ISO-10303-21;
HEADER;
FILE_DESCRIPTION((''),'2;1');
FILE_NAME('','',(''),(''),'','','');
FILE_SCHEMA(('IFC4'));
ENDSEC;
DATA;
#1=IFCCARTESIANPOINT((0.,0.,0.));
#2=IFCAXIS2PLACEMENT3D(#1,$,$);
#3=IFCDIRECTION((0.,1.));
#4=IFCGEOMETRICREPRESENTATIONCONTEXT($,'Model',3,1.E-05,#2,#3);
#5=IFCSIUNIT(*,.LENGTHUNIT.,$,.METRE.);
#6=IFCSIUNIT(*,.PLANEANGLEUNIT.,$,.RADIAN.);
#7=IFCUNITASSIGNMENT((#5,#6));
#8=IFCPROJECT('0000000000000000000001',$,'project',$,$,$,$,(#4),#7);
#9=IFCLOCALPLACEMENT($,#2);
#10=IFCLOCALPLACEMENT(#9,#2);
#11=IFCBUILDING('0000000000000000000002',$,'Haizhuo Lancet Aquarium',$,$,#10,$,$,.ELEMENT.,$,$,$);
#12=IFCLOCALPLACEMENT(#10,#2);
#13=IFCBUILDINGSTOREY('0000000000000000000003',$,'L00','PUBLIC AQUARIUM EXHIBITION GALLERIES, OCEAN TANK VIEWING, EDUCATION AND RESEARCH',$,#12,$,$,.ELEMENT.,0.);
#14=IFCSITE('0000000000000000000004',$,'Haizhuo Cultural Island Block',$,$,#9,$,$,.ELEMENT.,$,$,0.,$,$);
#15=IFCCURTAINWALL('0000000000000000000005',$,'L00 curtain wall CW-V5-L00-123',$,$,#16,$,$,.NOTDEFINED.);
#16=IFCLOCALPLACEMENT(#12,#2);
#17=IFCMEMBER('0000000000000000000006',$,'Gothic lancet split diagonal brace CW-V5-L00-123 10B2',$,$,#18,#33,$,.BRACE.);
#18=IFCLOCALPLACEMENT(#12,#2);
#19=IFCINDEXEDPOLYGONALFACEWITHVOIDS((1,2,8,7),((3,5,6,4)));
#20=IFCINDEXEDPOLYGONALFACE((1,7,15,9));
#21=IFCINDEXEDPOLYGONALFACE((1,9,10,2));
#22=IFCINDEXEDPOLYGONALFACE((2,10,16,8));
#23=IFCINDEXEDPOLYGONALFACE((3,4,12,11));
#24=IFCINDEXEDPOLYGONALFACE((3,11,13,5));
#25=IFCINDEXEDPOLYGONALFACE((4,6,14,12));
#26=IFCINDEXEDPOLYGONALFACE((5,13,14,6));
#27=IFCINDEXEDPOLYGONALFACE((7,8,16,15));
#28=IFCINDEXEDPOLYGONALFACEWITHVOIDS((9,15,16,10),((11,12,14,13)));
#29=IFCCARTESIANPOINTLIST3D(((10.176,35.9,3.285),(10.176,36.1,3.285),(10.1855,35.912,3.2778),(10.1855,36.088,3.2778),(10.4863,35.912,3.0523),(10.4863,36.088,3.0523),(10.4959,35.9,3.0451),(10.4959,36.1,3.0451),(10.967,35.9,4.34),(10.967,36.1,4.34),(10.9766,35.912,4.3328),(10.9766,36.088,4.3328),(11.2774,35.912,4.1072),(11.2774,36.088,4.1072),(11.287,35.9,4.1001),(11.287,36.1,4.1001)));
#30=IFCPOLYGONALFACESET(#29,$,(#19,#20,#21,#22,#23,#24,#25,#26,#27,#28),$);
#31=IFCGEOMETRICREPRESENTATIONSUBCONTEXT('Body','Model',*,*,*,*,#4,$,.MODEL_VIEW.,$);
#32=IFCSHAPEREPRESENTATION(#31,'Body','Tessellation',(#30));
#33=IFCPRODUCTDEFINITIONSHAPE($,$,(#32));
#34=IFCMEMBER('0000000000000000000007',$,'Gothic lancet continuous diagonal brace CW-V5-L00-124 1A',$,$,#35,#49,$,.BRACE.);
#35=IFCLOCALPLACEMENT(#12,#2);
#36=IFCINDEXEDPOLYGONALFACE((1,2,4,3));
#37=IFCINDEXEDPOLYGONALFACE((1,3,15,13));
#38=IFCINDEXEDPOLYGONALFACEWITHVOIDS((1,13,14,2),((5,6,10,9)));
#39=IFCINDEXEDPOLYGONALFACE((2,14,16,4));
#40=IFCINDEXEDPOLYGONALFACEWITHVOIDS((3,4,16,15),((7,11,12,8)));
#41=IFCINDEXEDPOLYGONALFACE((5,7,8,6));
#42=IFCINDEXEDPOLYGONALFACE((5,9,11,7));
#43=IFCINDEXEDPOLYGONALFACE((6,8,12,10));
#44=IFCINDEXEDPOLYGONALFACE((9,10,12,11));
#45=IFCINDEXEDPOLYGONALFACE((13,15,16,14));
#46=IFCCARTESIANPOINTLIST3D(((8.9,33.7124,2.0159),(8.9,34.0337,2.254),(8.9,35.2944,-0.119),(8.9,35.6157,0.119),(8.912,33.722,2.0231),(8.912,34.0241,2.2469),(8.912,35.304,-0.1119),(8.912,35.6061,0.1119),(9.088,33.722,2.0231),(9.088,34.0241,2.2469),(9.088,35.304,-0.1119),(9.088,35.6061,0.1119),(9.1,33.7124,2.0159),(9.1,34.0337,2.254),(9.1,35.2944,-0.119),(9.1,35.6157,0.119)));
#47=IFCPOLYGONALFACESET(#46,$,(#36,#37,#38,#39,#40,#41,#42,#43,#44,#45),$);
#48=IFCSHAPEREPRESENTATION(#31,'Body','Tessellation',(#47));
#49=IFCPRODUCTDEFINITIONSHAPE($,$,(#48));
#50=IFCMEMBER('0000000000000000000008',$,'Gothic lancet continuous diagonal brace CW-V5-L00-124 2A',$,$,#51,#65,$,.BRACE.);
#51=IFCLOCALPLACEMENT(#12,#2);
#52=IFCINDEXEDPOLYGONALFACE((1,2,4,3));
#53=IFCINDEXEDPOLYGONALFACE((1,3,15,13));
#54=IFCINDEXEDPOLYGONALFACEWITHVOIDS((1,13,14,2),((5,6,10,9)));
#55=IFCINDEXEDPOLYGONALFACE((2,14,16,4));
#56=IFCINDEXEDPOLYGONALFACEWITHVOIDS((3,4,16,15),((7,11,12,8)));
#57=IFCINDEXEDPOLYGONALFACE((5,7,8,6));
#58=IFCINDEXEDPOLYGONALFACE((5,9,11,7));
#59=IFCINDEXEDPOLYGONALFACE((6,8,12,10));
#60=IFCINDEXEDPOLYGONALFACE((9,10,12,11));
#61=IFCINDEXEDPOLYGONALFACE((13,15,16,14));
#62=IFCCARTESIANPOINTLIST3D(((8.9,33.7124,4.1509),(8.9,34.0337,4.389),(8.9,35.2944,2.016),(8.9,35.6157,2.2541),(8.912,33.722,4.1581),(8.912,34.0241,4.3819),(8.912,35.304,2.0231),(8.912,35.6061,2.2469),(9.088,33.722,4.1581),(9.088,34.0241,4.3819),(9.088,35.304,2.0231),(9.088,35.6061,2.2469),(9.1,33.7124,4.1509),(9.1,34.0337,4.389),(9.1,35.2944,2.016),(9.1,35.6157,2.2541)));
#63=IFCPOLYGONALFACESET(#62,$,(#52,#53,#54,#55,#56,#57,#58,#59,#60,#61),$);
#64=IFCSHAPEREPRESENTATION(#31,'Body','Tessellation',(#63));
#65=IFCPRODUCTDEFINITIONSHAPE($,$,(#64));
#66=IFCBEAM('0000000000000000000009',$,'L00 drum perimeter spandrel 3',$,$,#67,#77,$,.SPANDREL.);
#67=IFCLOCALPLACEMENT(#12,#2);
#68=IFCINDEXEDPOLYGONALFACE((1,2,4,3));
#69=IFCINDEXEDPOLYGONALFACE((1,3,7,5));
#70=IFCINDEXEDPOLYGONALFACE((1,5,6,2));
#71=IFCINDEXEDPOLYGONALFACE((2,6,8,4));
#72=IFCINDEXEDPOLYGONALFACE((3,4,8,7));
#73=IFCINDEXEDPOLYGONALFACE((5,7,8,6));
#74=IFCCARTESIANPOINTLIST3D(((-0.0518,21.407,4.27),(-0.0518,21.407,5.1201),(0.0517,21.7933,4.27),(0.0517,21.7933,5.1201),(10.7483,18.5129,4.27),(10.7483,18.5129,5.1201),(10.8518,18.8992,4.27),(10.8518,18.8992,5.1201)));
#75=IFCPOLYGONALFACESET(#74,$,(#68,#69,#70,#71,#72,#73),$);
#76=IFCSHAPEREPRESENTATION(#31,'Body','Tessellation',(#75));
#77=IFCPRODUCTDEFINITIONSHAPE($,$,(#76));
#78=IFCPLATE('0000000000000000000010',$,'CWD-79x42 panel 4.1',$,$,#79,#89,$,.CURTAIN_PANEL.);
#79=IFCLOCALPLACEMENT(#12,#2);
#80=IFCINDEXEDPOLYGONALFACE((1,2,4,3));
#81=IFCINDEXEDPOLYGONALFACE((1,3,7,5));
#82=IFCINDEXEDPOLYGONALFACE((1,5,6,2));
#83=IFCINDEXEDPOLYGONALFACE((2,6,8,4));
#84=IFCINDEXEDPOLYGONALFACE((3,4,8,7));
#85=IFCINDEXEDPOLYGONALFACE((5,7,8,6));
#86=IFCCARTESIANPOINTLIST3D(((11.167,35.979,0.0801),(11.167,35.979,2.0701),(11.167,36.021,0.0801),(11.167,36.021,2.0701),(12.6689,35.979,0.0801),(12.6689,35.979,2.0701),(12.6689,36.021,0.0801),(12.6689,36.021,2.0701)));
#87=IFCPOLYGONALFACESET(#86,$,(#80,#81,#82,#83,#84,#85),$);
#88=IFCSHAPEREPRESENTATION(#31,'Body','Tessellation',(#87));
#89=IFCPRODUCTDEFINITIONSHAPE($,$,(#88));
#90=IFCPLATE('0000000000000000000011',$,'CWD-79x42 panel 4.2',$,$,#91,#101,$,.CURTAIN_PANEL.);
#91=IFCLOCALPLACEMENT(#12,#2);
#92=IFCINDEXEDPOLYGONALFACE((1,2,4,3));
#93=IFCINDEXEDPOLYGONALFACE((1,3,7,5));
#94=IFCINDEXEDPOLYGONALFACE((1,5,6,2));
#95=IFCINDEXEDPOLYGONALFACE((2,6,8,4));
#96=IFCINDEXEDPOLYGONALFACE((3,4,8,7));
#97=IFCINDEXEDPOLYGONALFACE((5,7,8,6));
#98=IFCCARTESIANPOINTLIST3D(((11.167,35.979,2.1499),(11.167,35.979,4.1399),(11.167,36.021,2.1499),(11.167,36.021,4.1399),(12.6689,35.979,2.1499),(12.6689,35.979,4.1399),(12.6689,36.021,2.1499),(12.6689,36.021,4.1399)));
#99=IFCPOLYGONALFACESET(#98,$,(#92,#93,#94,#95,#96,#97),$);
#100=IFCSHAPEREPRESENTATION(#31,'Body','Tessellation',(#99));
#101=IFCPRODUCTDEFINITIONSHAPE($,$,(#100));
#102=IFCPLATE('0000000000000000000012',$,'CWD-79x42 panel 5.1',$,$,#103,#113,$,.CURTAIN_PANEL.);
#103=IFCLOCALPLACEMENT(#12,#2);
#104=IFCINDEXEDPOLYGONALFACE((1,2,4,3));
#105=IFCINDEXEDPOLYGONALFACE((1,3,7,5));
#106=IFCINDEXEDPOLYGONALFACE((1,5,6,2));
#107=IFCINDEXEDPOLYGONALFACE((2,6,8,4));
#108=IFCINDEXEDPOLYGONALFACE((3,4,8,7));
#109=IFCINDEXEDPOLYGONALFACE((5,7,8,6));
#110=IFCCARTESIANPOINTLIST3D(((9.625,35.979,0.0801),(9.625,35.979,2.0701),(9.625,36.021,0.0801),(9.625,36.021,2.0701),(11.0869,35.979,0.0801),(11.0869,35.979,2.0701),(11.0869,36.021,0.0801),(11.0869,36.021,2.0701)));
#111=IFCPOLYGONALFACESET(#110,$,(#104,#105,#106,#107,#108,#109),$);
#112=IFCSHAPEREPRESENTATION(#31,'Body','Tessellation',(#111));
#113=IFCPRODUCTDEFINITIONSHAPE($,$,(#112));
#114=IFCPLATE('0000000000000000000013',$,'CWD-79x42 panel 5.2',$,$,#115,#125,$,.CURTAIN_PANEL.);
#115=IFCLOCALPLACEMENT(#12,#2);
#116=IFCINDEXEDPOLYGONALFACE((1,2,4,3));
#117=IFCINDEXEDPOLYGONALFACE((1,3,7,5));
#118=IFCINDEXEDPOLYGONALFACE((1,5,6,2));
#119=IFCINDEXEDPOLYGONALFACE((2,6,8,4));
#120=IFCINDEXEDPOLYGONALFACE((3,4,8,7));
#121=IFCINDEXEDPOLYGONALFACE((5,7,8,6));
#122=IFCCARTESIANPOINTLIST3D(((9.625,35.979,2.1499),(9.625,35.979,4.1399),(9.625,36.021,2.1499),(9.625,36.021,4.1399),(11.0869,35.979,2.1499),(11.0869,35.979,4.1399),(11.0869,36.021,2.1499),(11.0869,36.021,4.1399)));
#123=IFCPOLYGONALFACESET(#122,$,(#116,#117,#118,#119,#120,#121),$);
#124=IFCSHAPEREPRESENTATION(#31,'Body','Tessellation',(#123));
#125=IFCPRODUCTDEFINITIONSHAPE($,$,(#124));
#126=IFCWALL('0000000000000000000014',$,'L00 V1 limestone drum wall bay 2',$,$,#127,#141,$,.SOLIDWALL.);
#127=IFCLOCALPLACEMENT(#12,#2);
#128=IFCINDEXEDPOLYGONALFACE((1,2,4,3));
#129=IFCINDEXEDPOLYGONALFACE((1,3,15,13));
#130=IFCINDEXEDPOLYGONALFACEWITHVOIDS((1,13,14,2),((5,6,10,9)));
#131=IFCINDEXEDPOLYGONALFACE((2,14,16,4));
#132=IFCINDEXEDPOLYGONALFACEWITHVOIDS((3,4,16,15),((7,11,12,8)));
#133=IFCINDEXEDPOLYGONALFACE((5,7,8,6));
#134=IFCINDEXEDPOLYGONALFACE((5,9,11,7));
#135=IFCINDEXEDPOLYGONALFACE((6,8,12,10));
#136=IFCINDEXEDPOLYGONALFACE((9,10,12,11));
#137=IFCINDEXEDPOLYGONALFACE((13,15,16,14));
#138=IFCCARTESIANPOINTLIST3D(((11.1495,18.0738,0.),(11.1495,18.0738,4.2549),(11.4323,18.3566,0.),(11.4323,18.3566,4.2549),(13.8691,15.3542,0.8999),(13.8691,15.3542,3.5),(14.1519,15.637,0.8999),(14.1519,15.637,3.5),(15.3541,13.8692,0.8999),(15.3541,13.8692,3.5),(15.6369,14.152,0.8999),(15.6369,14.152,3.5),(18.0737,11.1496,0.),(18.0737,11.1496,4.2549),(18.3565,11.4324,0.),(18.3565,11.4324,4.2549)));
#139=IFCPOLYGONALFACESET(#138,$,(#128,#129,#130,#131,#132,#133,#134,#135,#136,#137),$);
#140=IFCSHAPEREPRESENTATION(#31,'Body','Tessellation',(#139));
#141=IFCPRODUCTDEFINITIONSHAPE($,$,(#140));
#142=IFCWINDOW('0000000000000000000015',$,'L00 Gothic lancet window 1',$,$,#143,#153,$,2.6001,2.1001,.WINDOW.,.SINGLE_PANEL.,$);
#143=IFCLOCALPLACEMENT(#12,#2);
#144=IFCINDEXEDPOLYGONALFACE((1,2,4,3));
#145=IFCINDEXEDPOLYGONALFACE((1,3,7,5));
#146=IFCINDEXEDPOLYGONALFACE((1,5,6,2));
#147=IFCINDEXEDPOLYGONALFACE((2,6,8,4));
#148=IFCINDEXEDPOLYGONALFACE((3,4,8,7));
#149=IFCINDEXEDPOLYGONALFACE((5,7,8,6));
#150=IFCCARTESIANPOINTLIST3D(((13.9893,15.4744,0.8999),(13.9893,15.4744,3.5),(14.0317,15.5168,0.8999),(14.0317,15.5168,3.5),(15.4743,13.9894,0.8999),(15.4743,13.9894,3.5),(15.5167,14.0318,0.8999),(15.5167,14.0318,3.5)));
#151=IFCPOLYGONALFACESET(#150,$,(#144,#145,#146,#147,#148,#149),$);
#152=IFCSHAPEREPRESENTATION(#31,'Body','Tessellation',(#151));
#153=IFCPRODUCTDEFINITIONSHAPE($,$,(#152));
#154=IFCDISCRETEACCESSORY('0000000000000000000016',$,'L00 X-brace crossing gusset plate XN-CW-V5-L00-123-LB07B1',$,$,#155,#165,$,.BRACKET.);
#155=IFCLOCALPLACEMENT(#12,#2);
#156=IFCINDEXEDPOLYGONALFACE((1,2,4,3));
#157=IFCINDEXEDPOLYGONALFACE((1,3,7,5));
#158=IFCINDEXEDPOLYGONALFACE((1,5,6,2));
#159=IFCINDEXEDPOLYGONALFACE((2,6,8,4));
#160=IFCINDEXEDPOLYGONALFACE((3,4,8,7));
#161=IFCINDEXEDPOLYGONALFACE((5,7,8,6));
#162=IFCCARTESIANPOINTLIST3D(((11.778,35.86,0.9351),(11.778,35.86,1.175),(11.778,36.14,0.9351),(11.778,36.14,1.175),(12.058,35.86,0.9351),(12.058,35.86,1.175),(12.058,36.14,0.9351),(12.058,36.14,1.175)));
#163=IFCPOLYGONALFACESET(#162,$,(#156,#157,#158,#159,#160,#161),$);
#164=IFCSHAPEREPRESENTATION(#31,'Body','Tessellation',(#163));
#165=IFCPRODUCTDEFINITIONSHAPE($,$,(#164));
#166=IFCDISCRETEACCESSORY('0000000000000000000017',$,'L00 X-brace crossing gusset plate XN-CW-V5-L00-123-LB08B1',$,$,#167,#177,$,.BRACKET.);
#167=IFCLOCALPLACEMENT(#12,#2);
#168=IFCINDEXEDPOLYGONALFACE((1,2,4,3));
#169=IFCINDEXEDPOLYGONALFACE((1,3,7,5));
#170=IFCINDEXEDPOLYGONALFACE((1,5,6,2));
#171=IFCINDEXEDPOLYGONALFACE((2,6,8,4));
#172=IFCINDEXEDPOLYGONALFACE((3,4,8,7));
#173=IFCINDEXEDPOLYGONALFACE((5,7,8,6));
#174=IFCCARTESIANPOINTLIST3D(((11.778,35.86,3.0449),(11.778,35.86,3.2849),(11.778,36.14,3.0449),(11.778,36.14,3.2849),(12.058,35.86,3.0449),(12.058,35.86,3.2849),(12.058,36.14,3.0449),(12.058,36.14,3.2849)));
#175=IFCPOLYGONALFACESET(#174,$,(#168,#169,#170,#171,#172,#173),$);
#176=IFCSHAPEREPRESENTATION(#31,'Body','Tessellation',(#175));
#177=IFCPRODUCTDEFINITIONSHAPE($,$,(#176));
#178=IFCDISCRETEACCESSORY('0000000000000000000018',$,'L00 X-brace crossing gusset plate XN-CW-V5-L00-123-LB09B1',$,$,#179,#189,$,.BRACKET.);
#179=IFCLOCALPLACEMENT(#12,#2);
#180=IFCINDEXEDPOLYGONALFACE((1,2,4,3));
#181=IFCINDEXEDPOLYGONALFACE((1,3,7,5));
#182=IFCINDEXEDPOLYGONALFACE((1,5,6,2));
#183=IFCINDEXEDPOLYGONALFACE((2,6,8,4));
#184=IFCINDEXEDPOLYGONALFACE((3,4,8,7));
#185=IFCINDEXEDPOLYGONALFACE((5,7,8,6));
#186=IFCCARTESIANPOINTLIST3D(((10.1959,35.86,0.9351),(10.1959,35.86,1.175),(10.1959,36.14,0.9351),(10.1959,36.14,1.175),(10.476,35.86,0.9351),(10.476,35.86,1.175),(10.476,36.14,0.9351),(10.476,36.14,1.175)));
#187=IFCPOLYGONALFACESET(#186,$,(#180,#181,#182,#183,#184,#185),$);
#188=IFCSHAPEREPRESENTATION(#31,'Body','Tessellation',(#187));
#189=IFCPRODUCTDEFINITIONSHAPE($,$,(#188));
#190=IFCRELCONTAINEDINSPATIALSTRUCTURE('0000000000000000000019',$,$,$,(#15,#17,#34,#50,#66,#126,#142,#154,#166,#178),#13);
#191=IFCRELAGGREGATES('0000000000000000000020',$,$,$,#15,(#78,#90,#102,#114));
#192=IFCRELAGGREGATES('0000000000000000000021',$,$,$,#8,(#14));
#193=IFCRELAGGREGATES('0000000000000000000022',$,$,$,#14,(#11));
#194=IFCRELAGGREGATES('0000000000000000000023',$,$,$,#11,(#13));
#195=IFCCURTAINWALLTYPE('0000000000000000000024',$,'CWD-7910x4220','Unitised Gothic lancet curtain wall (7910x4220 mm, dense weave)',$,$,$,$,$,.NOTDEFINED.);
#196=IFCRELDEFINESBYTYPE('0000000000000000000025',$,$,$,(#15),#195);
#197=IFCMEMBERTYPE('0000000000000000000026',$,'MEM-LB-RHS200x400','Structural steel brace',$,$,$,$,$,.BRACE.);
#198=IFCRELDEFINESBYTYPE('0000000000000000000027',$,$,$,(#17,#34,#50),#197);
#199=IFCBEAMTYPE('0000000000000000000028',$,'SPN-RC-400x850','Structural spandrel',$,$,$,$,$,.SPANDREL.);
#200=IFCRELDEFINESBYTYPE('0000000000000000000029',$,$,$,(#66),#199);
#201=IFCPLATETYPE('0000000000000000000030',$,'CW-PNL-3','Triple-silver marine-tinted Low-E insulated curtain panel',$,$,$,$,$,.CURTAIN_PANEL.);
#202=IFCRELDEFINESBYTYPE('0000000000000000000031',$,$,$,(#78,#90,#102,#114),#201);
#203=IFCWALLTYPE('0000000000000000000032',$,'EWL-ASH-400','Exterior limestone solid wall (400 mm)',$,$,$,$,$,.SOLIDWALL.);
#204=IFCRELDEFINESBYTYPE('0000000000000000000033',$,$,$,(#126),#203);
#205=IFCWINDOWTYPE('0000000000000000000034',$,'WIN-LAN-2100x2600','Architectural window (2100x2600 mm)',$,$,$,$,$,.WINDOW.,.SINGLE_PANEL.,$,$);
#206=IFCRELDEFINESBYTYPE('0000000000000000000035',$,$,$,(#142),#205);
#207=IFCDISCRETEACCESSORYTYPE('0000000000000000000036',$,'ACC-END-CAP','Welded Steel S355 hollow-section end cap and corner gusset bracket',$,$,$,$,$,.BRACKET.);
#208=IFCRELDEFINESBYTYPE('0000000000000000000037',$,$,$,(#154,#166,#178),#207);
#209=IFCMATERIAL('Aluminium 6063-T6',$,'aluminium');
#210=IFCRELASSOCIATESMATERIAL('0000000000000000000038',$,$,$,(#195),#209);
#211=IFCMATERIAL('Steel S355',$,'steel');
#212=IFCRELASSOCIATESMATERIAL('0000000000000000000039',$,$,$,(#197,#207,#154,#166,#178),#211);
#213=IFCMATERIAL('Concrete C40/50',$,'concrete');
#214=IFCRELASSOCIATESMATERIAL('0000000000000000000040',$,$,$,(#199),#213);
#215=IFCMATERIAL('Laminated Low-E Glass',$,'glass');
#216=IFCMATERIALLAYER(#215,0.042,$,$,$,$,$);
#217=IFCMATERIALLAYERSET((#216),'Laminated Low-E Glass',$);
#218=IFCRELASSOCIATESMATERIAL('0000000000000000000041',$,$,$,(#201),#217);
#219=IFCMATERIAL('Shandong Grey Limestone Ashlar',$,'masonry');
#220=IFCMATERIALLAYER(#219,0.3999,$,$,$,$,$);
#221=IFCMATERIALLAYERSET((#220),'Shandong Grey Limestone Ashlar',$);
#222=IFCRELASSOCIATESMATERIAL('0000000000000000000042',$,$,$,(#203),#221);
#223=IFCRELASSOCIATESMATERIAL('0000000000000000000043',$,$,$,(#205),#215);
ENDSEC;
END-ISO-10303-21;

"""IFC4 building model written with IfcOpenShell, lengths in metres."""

from ifc_helpers import new_model, si_unit, direction, frame, frame_2d, origin, origin_2d, place, context, subcontext, project, spatial, rectangle, hollow_rectangle, extrude, material, layer, layer_set, material_profile, profile_set, type_object, element, fill, aggregate, save


model = new_model("IFC4")

# Units and contexts
model_context = context("Model", 3, precision=1e-05, world=origin(), true_north=direction((0.0, 1.0)))
body_context = subcontext(model_context, "Body", "Model", "MODEL_VIEW")
ifc_project = project(units=[si_unit("LENGTHUNIT", "METRE"), si_unit("PLANEANGLEUNIT", "RADIAN")], contexts=[model_context])

# Site, building, storey
site_placement = place(None, origin())
site = spatial("IfcSite", under=ifc_project, at=site_placement, Name="Haizhuo Cultural Island Block", CompositionType="ELEMENT", RefElevation=0.0)
building_placement = place(site_placement, origin())
building = spatial("IfcBuilding", under=site, at=building_placement, Name="Haizhuo Lancet Aquarium", CompositionType="ELEMENT")
storey_placement = place(building_placement, origin())
storey = spatial("IfcBuildingStorey", under=building, at=storey_placement, Name="L00", Description="PUBLIC AQUARIUM EXHIBITION GALLERIES, OCEAN TANK VIEWING, EDUCATION AND RESEARCH", CompositionType="ELEMENT", Elevation=0.0)

# Shared definitions
ifc_material_1 = material(Name="Concrete C40/50", Category="concrete")

# Shared definitions
ifc_material_2 = material(Name="Aluminium 6063-T6", Category="aluminium")

# Curtain wall
curtain_wall_type_1 = type_object("IfcCurtainWallType", Name="CWD-7910x4220", Description="Unitised Gothic lancet curtain wall (7910x4220 mm, dense weave)", PredefinedType="NOTDEFINED", material=ifc_material_2)
curtain_wall_1_placement = place(storey_placement, origin())
curtain_wall_1 = element("IfcCurtainWall", 1, at=curtain_wall_1_placement, inside=storey, type_object=curtain_wall_type_1, Name="L00 curtain wall CW-V5-L00-123", PredefinedType="NOTDEFINED")

# Members
ifc_material_3 = material(Name="Steel S355", Category="steel")
ifc_material_profile_1 = material_profile(ifc_material_3, hollow_rectangle(XDim=0.2, YDim=0.3999, WallThickness=0.012, at=origin_2d()), Name="RHS 200x400x12")
ifc_profile_set_1 = profile_set([ifc_material_profile_1], Name="Steel S355")
member_type_1 = type_object("IfcMemberType", Name="MEM-LB-RHS200x400", Description="Structural steel brace", PredefinedType="BRACE", material=ifc_profile_set_1)
for number, where, z_axis, x_axis, name in (
    (2, (10.3359, 36.0, 3.165), (0.599911, 0.0, 0.800067), (0.0, 1.0, 0.0), "Gothic lancet split diagonal brace CW-V5-L00-123 10B2"),
):
    element("IfcMember", number, at=place(storey_placement, frame(where, z_axis=z_axis, x_axis=x_axis)), inside=storey, type_object=member_type_1, Name=name, PredefinedType="BRACE", context=body_context, shape_type="SweptSolid", body=[
        extrude(hollow_rectangle(XDim=0.2, YDim=0.3999, WallThickness=0.012, at=origin_2d()), origin(), (0.0, 0.0, 1.0), 1.3186),
    ])
for number, where, z_axis, x_axis, name in (
    (3, (9.0, 35.4551, 0.0), (0.0, -0.595359, 0.80346), (1.0, 0.0, 0.0), "Gothic lancet continuous diagonal brace CW-V5-L00-124 1A"),
    (4, (9.0, 35.4551, 2.135), (0.0, -0.595359, 0.80346), (1.0, 0.0, 0.0), "Gothic lancet continuous diagonal brace CW-V5-L00-124 2A"),
):
    element("IfcMember", number, at=place(storey_placement, frame(where, z_axis=z_axis, x_axis=x_axis)), inside=storey, type_object=member_type_1, Name=name, PredefinedType="BRACE", context=body_context, shape_type="SweptSolid", body=[
        extrude(hollow_rectangle(XDim=0.2, YDim=0.3999, WallThickness=0.012, at=origin_2d()), origin(), (0.0, 0.0, 1.0), 2.6572),
    ])

# Beam
ifc_material_profile_2 = material_profile(ifc_material_1, rectangle(XDim=0.3999, YDim=0.8501, at=origin_2d()), Name="RC-SP 400x850")
ifc_profile_set_2 = profile_set([ifc_material_profile_2], Name="Concrete C40/50")
beam_type_1 = type_object("IfcBeamType", Name="SPN-RC-400x850", Description="Structural spandrel", PredefinedType="SPANDREL", material=ifc_profile_set_2)
beam_1_placement = place(storey_placement, frame((10.8, 18.7061, 4.6951), z_axis=(-0.965922, 0.258834, 0.0), x_axis=(-0.258834, -0.965922, 0.0)))
element("IfcBeam", 5, at=beam_1_placement, inside=storey, type_object=beam_type_1, Name="L00 drum perimeter spandrel 3", PredefinedType="SPANDREL", context=body_context, shape_type="SweptSolid", body=[
    extrude(rectangle(XDim=0.3999, YDim=0.8501, at=origin_2d()), origin(), (0.0, 0.0, 1.0), 11.1812),
])

# Plates
ifc_material_4 = material(Name="Laminated Low-E Glass", Category="glass")
ifc_layer_1 = layer(ifc_material_4, 0.042)
ifc_layer_set_1 = layer_set([ifc_layer_1], Name="Laminated Low-E Glass")
plate_type = type_object("IfcPlateType", Name="CW-PNL-3", Description="Triple-silver marine-tinted Low-E insulated curtain panel", PredefinedType="CURTAIN_PANEL", material=ifc_layer_set_1)
plate_1_placement = place(storey_placement, frame((11.918, 36.0, 0.0801), z_axis=(0.0, 0.0, 1.0), x_axis=(-1.0, 0.0, 0.0)))
plate_1 = element("IfcPlate", 6, at=plate_1_placement, type_object=plate_type, Name="CWD-79x42 panel 4.1", PredefinedType="CURTAIN_PANEL", context=body_context, shape_type="SweptSolid", body=[
    extrude(rectangle(XDim=1.502, YDim=0.042, at=origin_2d()), origin(), (0.0, 0.0, 1.0), 1.99),
])
plate_2_placement = place(storey_placement, frame((11.918, 36.0, 2.1499), z_axis=(0.0, 0.0, 1.0), x_axis=(-1.0, 0.0, 0.0)))
plate_2 = element("IfcPlate", 7, at=plate_2_placement, type_object=plate_type, Name="CWD-79x42 panel 4.2", PredefinedType="CURTAIN_PANEL", context=body_context, shape_type="SweptSolid", body=[
    extrude(rectangle(XDim=1.502, YDim=0.042, at=origin_2d()), origin(), (0.0, 0.0, 1.0), 1.99),
])
plate_3_placement = place(storey_placement, frame((10.356, 36.0, 0.0801), z_axis=(0.0, 0.0, 1.0), x_axis=(-1.0, 0.0, 0.0)))
plate_3 = element("IfcPlate", 8, at=plate_3_placement, type_object=plate_type, Name="CWD-79x42 panel 5.1", PredefinedType="CURTAIN_PANEL", context=body_context, shape_type="SweptSolid", body=[
    extrude(rectangle(XDim=1.4619, YDim=0.042, at=origin_2d()), origin(), (0.0, 0.0, 1.0), 1.99),
])
plate_4_placement = place(storey_placement, frame((10.356, 36.0, 2.1499), z_axis=(0.0, 0.0, 1.0), x_axis=(-1.0, 0.0, 0.0)))
plate_4 = element("IfcPlate", 9, at=plate_4_placement, type_object=plate_type, Name="CWD-79x42 panel 5.2", PredefinedType="CURTAIN_PANEL", context=body_context, shape_type="SweptSolid", body=[
    extrude(rectangle(XDim=1.4619, YDim=0.042, at=origin_2d()), origin(), (0.0, 0.0, 1.0), 1.99),
])
aggregate(curtain_wall_1, [plate_1, plate_2, plate_3, plate_4])

# Wall, opening, window
ifc_material_5 = material(Name="Shandong Grey Limestone Ashlar", Category="masonry")
ifc_layer_2 = layer(ifc_material_5, 0.3999)
ifc_layer_set_2 = layer_set([ifc_layer_2], Name="Shandong Grey Limestone Ashlar")
wall_type = type_object("IfcWallType", Name="EWL-ASH-400", Description="Exterior limestone solid wall (400 mm)", PredefinedType="SOLIDWALL", material=ifc_layer_set_2)
wall_placement = place(storey_placement, frame((11.291, 18.2151, 0.0), z_axis=(0.0, 0.0, 1.0), x_axis=(0.707107, -0.707107, 0.0)))
wall = element("IfcWall", 10, at=wall_placement, inside=storey, type_object=wall_type, Name="L00 V1 limestone drum wall bay 2", PredefinedType="SOLIDWALL", context=body_context, shape_type="SweptSolid", body=[
    extrude(rectangle(XDim=9.7922, YDim=0.3999, at=frame_2d((4.896, 0.0))), origin(), (0.0, 0.0, 1.0), 4.2549),
])
opening_placement = place(wall_placement, frame((3.8459, 0.0, 0.8999)))
opening = element("IfcOpeningElement", 11, at=opening_placement, cuts=wall, PredefinedType="OPENING", context=body_context, shape_type="SweptSolid", body=[
    extrude(rectangle(XDim=2.1001, YDim=2.6001, at=frame_2d((1.05, 1.3))), frame((0.0, 0.21, 0.0), z_axis=(0.0, -1.0, 0.0), x_axis=(1.0, 0.0, 0.0)), (0.0, 0.0, 1.0), 0.4199),
])
window_type = type_object("IfcWindowType", Name="WIN-LAN-2100x2600", Description="Architectural window (2100x2600 mm)", PartitioningType="SINGLE_PANEL", PredefinedType="WINDOW", material=ifc_material_4)
window_placement = place(opening_placement, origin())
window = element("IfcWindow", 12, at=window_placement, inside=storey, type_object=window_type, Name="L00 Gothic lancet window 1", OverallHeight=2.6001, OverallWidth=2.1001, PartitioningType="SINGLE_PANEL", PredefinedType="WINDOW", context=body_context, shape_type="SweptSolid", body=[
    extrude(rectangle(XDim=2.1001, YDim=2.6001, at=frame_2d((1.05, 1.3))), frame((0.0, 0.03, 0.0), z_axis=(0.0, -1.0, 0.0), x_axis=(1.0, 0.0, 0.0)), (0.0, 0.0, 1.0), 0.0601),
])
fill(opening, window)

# Discrete accessories
discrete_accessory_type = type_object("IfcDiscreteAccessoryType", Name="ACC-END-CAP", Description="Welded Steel S355 hollow-section end cap and corner gusset bracket", PredefinedType="BRACKET", material=ifc_material_3)
for number, where, z_axis, x_axis, name in (
    (13, (11.918, 36.0, 0.9351), (0.0, 0.0, 1.0), (1.0, 0.0, 0.0), "L00 X-brace crossing gusset plate XN-CW-V5-L00-123-LB07B1"),
    (14, (11.918, 36.0, 3.0449), (0.0, 0.0, 1.0), (1.0, 0.0, 0.0), "L00 X-brace crossing gusset plate XN-CW-V5-L00-123-LB08B1"),
    (15, (10.3359, 36.0, 0.9351), (0.0, 0.0, 1.0), (1.0, 0.0, 0.0), "L00 X-brace crossing gusset plate XN-CW-V5-L00-123-LB09B1"),
):
    element("IfcDiscreteAccessory", number, at=place(storey_placement, frame(where, z_axis=z_axis, x_axis=x_axis)), inside=storey, type_object=discrete_accessory_type, material=ifc_material_3, Name=name, PredefinedType="BRACKET", context=body_context, shape_type="SweptSolid", body=[
        extrude(rectangle(XDim=0.28, YDim=0.28, at=origin_2d()), origin(), (0.0, 0.0, 1.0), 0.24),
    ])

save(model, "model.ifc")
